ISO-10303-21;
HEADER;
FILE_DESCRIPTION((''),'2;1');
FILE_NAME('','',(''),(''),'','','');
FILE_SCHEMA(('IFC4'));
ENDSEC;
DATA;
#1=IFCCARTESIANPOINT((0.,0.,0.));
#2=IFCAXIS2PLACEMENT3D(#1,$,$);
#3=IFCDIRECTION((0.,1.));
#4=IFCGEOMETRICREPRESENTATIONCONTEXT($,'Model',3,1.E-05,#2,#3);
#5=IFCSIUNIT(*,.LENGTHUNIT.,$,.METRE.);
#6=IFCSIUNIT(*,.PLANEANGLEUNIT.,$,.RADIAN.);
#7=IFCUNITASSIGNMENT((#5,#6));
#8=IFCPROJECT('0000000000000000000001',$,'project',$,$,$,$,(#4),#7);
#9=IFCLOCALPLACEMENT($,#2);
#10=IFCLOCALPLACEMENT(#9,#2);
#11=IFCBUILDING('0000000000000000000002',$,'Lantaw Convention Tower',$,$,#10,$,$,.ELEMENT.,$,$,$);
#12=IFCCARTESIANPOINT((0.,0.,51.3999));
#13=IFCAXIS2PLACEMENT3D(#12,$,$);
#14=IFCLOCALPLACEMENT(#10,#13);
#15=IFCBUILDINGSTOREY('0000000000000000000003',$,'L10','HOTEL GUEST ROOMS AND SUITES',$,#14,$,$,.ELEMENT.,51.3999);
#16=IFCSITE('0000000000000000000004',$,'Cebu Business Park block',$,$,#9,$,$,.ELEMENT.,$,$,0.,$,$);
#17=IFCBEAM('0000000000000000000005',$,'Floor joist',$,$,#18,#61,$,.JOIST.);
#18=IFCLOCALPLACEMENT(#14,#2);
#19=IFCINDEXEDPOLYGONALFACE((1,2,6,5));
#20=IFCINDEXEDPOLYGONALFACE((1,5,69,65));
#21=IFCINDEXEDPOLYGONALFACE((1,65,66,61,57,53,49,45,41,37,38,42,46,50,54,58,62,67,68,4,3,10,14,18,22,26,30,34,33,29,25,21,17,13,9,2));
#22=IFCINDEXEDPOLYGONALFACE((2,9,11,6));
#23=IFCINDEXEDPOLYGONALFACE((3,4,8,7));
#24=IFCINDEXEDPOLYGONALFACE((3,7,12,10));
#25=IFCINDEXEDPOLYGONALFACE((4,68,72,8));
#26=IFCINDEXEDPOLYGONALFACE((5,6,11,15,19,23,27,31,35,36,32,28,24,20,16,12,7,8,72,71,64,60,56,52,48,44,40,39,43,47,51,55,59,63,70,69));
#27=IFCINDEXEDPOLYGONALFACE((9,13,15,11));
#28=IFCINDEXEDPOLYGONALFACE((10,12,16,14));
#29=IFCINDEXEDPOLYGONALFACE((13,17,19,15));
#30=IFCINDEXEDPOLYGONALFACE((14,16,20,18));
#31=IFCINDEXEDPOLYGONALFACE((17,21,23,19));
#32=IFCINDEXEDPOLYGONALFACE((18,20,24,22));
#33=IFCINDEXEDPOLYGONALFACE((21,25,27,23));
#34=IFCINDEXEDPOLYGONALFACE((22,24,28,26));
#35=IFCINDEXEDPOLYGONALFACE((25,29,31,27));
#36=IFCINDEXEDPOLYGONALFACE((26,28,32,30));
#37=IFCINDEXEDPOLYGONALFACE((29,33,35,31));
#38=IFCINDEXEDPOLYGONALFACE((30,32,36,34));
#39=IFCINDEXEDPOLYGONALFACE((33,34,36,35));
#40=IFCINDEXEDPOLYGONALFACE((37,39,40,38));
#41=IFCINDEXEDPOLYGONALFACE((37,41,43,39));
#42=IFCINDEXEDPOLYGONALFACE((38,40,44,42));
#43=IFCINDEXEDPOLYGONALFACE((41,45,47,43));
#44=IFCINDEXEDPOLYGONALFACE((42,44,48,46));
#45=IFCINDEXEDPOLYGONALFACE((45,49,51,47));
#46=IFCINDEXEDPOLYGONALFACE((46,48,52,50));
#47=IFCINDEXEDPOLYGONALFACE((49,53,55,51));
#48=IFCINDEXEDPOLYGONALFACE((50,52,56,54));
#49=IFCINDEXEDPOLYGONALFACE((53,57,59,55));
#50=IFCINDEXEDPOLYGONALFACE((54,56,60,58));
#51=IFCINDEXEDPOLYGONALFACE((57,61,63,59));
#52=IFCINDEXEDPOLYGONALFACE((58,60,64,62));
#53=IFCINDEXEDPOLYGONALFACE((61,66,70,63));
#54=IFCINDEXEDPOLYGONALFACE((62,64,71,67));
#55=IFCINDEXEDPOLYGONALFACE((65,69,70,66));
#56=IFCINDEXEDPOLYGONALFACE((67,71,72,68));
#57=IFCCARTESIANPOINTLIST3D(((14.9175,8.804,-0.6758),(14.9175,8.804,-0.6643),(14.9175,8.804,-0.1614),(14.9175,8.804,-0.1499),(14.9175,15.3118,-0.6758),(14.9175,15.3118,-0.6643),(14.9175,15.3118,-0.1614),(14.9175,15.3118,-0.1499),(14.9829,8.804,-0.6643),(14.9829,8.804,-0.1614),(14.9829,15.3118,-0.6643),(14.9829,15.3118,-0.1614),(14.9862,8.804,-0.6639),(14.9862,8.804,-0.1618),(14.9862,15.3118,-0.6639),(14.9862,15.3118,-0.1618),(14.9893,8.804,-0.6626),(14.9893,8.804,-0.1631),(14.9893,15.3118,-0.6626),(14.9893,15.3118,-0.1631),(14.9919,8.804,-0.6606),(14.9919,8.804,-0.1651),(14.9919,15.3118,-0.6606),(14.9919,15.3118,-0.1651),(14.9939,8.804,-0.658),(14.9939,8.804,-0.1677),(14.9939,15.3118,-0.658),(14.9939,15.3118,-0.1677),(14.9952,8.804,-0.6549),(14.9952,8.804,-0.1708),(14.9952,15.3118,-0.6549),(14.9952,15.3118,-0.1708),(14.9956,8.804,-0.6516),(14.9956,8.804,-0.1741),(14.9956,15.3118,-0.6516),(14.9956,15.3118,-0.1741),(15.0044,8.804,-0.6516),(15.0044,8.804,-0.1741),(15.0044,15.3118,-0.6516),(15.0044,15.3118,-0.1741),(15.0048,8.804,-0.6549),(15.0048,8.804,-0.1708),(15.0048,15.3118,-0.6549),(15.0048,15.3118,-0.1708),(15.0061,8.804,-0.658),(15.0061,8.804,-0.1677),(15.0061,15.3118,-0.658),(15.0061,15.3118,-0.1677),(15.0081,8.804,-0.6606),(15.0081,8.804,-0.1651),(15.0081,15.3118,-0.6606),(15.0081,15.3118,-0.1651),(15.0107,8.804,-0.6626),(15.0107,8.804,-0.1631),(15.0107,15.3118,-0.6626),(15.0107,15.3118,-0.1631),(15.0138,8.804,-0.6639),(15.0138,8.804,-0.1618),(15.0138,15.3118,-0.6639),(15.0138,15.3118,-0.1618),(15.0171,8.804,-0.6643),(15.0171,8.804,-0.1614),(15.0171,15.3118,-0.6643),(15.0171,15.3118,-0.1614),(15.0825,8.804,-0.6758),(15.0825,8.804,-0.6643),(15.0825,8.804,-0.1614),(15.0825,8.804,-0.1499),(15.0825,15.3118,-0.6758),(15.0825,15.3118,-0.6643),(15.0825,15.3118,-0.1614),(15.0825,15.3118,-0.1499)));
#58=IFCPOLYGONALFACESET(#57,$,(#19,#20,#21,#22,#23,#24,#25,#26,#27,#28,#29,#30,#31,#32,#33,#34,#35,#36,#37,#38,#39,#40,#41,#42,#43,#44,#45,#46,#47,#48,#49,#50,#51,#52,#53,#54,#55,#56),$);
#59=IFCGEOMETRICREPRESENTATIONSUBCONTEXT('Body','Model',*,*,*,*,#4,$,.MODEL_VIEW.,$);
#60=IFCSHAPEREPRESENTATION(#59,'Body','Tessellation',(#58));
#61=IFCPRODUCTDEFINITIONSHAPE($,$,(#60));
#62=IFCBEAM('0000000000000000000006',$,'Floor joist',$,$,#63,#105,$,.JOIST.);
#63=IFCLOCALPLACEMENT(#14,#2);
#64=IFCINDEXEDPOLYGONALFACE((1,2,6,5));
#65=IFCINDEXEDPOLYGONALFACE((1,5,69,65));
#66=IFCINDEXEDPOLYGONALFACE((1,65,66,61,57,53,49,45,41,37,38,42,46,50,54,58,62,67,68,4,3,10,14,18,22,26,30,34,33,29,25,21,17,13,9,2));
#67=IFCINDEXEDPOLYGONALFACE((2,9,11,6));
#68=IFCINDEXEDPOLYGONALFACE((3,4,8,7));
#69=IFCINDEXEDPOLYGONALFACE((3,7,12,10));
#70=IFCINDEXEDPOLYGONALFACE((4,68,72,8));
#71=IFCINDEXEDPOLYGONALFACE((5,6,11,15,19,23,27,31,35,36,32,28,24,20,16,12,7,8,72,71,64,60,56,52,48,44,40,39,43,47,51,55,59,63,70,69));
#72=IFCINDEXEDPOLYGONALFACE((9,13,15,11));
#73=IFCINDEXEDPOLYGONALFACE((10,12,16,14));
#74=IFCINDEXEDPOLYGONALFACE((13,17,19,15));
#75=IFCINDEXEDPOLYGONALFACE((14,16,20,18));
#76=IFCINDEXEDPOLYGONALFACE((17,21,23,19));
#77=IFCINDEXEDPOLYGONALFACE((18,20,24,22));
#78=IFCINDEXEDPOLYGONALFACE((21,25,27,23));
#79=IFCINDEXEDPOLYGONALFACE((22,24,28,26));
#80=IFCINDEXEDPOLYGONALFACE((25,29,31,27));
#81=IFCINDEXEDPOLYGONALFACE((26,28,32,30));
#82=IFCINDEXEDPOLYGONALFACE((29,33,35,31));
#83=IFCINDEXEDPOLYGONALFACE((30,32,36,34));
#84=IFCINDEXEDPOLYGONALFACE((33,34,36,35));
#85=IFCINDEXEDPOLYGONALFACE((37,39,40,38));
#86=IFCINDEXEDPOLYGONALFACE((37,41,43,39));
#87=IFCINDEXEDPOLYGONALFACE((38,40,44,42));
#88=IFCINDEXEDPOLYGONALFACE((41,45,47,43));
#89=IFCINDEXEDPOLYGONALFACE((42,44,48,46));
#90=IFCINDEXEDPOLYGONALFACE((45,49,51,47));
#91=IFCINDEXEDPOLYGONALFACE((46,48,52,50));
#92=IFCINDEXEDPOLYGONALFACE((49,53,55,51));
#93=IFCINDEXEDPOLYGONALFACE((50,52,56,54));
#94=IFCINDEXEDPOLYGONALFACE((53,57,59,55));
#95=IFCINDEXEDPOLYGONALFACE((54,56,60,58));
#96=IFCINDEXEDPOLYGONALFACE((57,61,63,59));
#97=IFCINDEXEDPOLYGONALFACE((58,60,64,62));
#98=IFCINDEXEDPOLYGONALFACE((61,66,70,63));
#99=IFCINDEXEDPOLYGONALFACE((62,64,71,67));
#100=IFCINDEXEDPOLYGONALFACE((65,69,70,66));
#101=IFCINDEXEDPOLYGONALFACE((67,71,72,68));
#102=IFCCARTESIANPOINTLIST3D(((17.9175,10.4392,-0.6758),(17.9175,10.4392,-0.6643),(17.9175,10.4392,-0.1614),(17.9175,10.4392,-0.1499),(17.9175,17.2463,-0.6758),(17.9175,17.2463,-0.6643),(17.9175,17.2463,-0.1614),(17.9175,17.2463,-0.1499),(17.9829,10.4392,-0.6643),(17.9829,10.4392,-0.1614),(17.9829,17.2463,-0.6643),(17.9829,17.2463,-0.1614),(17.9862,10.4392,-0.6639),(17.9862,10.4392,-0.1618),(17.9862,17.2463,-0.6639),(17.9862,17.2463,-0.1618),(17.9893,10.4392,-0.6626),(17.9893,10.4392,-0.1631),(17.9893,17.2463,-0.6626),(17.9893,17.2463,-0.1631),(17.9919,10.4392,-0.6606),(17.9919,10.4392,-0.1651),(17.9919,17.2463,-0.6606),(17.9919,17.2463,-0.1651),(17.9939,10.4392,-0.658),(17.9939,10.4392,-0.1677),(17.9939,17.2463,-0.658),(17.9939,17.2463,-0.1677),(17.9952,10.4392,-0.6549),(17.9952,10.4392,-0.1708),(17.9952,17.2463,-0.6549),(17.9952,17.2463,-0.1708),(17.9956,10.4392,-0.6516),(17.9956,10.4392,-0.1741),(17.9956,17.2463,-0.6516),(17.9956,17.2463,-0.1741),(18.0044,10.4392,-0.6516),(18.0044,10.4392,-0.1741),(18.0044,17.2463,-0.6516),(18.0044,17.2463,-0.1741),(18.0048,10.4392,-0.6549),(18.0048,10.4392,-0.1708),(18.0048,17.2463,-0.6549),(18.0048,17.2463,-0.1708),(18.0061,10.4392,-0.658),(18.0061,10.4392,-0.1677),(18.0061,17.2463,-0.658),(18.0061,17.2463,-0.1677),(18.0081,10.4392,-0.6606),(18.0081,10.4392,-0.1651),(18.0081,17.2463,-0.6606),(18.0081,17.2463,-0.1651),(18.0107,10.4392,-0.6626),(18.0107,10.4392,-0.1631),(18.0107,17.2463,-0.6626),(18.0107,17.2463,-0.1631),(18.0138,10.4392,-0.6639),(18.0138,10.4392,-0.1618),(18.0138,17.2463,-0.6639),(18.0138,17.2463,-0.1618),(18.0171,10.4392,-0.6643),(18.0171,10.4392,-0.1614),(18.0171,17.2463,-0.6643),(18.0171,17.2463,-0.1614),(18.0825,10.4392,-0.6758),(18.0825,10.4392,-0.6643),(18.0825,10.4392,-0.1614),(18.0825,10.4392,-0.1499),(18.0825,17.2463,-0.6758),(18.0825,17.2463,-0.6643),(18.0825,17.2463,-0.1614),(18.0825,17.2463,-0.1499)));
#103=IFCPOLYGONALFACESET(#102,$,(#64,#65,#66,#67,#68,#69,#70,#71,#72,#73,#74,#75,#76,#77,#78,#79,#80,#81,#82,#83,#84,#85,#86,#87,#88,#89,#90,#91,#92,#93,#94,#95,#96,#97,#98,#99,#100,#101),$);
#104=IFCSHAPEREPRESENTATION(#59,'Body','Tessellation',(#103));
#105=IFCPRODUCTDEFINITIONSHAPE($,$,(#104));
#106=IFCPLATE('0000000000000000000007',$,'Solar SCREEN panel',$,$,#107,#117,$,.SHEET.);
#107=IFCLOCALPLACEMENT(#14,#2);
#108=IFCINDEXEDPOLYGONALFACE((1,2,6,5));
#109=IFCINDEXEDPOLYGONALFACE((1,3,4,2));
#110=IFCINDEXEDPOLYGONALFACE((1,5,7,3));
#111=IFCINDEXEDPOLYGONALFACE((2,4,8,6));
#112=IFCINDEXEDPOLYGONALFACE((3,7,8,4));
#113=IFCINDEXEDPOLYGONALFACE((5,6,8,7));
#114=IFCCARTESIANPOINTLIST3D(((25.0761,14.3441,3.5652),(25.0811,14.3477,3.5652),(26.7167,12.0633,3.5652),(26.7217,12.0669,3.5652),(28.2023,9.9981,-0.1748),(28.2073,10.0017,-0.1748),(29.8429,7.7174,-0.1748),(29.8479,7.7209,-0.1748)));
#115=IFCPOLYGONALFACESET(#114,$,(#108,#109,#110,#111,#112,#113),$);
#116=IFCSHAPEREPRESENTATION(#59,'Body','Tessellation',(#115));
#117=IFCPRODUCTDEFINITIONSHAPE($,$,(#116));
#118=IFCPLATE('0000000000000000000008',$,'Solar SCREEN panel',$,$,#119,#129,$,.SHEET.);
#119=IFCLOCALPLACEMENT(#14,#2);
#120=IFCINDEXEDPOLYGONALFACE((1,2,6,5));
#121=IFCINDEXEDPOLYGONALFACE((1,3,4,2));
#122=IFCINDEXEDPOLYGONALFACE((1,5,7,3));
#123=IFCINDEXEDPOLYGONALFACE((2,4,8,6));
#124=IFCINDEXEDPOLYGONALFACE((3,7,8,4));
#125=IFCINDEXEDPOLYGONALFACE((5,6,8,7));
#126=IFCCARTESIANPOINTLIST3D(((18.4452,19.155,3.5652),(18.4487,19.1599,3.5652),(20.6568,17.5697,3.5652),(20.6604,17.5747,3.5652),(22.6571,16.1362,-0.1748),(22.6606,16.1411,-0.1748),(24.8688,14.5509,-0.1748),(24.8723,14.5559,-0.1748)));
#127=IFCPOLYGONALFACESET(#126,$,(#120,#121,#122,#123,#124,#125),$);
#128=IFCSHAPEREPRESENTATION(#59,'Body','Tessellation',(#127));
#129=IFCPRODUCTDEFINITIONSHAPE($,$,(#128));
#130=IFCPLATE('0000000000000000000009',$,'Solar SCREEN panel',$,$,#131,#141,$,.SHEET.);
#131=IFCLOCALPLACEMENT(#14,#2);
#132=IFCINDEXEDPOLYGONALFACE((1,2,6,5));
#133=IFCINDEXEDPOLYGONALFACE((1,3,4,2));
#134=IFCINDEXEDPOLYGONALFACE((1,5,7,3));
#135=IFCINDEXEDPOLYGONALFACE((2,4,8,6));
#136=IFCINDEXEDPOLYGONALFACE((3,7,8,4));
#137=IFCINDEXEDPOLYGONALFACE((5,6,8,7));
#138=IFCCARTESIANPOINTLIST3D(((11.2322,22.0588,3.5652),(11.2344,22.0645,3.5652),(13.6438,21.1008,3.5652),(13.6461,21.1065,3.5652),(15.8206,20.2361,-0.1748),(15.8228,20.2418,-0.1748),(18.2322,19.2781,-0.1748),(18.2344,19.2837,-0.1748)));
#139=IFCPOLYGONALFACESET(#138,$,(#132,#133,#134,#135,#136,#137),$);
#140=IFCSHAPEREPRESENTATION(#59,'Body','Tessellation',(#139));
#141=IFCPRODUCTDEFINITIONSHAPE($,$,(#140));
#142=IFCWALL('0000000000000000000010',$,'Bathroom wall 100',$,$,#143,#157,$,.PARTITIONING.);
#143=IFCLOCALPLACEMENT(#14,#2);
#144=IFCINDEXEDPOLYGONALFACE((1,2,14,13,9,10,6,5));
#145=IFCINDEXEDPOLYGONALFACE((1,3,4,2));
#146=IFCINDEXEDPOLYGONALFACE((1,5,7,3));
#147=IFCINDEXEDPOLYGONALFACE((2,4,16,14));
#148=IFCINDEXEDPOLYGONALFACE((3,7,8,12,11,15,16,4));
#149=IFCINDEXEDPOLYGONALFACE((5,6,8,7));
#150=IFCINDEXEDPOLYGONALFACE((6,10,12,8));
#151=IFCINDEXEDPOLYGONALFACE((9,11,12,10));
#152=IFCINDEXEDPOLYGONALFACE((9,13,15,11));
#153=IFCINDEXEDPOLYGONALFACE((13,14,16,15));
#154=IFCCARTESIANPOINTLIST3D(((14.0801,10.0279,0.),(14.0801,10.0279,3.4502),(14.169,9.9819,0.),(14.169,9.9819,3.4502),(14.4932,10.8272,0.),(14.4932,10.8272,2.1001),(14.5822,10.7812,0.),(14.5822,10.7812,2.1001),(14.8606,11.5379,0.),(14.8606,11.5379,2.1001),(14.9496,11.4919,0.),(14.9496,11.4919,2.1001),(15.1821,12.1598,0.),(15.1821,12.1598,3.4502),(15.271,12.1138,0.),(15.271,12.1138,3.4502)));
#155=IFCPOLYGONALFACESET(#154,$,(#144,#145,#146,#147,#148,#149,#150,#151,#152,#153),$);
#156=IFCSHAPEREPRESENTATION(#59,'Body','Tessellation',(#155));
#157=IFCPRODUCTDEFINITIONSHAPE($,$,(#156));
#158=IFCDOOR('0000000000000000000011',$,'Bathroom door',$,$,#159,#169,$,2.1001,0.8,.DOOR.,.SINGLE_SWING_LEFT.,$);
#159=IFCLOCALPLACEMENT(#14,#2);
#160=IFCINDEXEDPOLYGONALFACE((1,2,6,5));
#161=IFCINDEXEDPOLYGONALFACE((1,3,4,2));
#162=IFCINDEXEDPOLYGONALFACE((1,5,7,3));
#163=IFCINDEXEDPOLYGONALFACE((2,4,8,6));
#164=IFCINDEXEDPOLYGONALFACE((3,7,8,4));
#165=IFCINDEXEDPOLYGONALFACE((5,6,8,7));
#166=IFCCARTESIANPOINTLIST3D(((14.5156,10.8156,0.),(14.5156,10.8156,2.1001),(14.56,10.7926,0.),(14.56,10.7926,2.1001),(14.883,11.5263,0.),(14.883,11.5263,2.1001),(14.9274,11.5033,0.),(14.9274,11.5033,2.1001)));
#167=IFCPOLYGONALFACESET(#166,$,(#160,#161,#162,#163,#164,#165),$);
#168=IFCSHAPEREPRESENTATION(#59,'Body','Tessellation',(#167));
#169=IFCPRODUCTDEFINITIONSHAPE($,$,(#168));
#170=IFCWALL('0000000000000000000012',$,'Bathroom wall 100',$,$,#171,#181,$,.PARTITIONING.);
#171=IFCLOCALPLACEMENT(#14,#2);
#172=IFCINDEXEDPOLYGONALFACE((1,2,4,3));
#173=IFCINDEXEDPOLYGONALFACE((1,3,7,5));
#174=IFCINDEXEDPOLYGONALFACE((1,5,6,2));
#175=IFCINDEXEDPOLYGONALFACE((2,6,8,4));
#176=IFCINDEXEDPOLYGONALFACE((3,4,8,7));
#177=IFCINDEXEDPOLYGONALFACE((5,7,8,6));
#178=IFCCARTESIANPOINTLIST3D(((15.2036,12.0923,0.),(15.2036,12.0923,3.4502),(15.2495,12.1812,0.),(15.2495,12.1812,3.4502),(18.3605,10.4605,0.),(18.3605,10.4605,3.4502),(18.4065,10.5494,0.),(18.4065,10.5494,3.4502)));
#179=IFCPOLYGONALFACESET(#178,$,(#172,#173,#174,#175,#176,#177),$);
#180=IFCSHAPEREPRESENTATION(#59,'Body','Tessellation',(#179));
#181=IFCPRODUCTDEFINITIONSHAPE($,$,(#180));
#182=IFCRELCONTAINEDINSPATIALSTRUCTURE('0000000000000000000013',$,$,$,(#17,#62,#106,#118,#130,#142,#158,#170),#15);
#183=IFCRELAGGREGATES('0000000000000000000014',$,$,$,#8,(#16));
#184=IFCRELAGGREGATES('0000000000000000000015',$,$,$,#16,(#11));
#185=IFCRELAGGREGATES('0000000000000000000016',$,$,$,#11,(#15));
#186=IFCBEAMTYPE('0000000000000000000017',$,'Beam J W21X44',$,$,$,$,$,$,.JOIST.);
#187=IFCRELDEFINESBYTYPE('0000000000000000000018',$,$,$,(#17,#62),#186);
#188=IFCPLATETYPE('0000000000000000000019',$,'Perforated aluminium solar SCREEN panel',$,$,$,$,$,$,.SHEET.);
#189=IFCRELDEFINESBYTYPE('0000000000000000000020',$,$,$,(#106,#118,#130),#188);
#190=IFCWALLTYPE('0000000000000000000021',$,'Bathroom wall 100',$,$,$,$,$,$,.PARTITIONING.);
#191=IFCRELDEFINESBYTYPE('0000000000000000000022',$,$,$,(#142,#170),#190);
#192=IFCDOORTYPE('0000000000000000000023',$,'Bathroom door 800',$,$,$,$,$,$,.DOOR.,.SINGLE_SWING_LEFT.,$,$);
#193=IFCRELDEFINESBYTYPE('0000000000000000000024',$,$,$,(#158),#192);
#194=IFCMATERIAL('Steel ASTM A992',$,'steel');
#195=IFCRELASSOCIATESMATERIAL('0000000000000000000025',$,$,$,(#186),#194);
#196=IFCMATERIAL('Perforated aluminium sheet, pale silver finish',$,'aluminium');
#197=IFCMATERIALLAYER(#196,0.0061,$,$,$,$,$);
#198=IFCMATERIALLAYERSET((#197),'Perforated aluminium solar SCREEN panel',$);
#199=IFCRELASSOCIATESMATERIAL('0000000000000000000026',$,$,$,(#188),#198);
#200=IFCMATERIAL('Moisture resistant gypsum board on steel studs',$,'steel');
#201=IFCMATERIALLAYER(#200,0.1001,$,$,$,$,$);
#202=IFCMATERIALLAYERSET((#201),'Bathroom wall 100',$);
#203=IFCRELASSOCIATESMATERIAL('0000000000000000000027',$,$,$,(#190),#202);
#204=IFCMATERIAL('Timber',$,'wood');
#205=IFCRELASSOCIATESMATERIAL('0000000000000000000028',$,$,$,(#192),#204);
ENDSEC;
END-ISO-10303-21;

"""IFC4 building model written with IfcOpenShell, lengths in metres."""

from ifc_helpers import new_model, si_unit, direction, frame, frame_2d, origin, origin_2d, place, context, subcontext, project, spatial, polyline, rectangle, i_section, outline, extrude, material, layer, layer_set, material_profile, profile_set, type_object, element, fill, save


model = new_model("IFC4")

# Units and contexts
model_context = context("Model", 3, precision=1e-05, world=origin(), true_north=direction((0.0, 1.0)))
body_context = subcontext(model_context, "Body", "Model", "MODEL_VIEW")
ifc_project = project(units=[si_unit("LENGTHUNIT", "METRE"), si_unit("PLANEANGLEUNIT", "RADIAN")], contexts=[model_context])

# Site, building, storey
site_placement = place(None, origin())
site = spatial("IfcSite", under=ifc_project, at=site_placement, Name="Cebu Business Park block", CompositionType="ELEMENT", RefElevation=0.0)
building_placement = place(site_placement, origin())
building = spatial("IfcBuilding", under=site, at=building_placement, Name="Lantaw Convention Tower", CompositionType="ELEMENT")
storey_placement = place(building_placement, frame((0.0, 0.0, 51.3999)))
storey = spatial("IfcBuildingStorey", under=building, at=storey_placement, Name="L10", Description="HOTEL GUEST ROOMS AND SUITES", CompositionType="ELEMENT", Elevation=51.3999)

# Beams
ifc_material_1 = material(Name="Steel ASTM A992", Category="steel")
ifc_material_profile_1 = material_profile(ifc_material_1, i_section(OverallWidth=0.165, OverallDepth=0.5259, WebThickness=0.0088, FlangeThickness=0.0115, FilletRadius=0.0127, at=origin_2d()), Name="W21X44")
ifc_profile_set_1 = profile_set([ifc_material_profile_1], Name="Steel ASTM A992")
beam_type_1 = type_object("IfcBeamType", Name="Beam J W21X44", PredefinedType="JOIST", material=ifc_profile_set_1)
beam_1_placement = place(storey_placement, frame((15.0, 8.804, -0.4128), z_axis=(0.0, 1.0, 0.0), x_axis=(-1.0, 0.0, 0.0)))
element("IfcBeam", 1, at=beam_1_placement, inside=storey, type_object=beam_type_1, Name="Floor joist", PredefinedType="JOIST", context=body_context, shape_type="SweptSolid", body=[
    extrude(i_section(OverallWidth=0.165, OverallDepth=0.5259, WebThickness=0.0088, FlangeThickness=0.0115, FilletRadius=0.0127, at=origin_2d()), origin(), (0.0, 0.0, 1.0), 6.5078),
])
beam_2_placement = place(storey_placement, frame((18.0, 10.4392, -0.4128), z_axis=(0.0, 1.0, 0.0), x_axis=(-1.0, 0.0, 0.0)))
element("IfcBeam", 2, at=beam_2_placement, inside=storey, type_object=beam_type_1, Name="Floor joist", PredefinedType="JOIST", context=body_context, shape_type="SweptSolid", body=[
    extrude(i_section(OverallWidth=0.165, OverallDepth=0.5259, WebThickness=0.0088, FlangeThickness=0.0115, FilletRadius=0.0127, at=origin_2d()), origin(), (0.0, 0.0, 1.0), 6.8071),
])

# Plates
ifc_material_2 = material(Name="Perforated aluminium sheet, pale silver finish", Category="aluminium")
ifc_layer_1 = layer(ifc_material_2, 0.0061)
ifc_layer_set_1 = layer_set([ifc_layer_1], Name="Perforated aluminium solar SCREEN panel")
plate_type = type_object("IfcPlateType", Name="Perforated aluminium solar SCREEN panel", PredefinedType="SHEET", material=ifc_layer_set_1)
plate_1_placement = place(storey_placement, frame((29.8479, 7.7209, -0.1748), z_axis=(0.811791, 0.583948, 0.000009), x_axis=(-0.583948, 0.811791, 0.0)))
element("IfcPlate", 3, at=plate_1_placement, inside=storey, type_object=plate_type, Name="Solar SCREEN panel", PredefinedType="SHEET", context=body_context, shape_type="SweptSolid", body=[
    extrude(outline(polyline([(0.0, 0.0), (2.8095, 0.0), (8.1631, 3.74), (5.3536, 3.74), (0.0, 0.0)])), origin(), (0.0, 0.0, -1.0), 0.0061),
])
plate_2_placement = place(storey_placement, frame((24.8723, 14.5559, -0.1748), z_axis=(0.582561, 0.812787, 0.000016), x_axis=(-0.812787, 0.582561, 0.0)))
element("IfcPlate", 4, at=plate_2_placement, inside=storey, type_object=plate_type, Name="Solar SCREEN panel", PredefinedType="SHEET", context=body_context, shape_type="SweptSolid", body=[
    extrude(outline(polyline([(0.0, 0.0), (2.7211, 0.0), (7.9031, 3.74), (5.182, 3.74), (0.0, 0.0)])), origin(), (0.0, 0.0, -1.0), 0.0061),
])
plate_3_placement = place(storey_placement, frame((18.2322, 19.2781, -0.1748), z_axis=(-0.369184, -0.929357, 0.000009), x_axis=(-0.929357, 0.369184, 0.0)))
element("IfcPlate", 5, at=plate_3_placement, inside=storey, type_object=plate_type, Name="Solar SCREEN panel", PredefinedType="SHEET", context=body_context, shape_type="SweptSolid", body=[
    extrude(outline(polyline([(0.0, 0.0), (2.5949, 0.0), (7.5321, -3.74), (4.9372, -3.74), (0.0, 0.0)])), origin(), (0.0, 0.0, -1.0), 0.0061),
])

# Wall, opening, door
ifc_material_3 = material(Name="Moisture resistant gypsum board on steel studs", Category="steel")
ifc_layer_2 = layer(ifc_material_3, 0.1001)
ifc_layer_set_2 = layer_set([ifc_layer_2], Name="Bathroom wall 100")
wall_type_1 = type_object("IfcWallType", Name="Bathroom wall 100", PredefinedType="PARTITIONING", material=ifc_layer_set_2)
wall_1_placement = place(storey_placement, frame((14.1245, 10.0049, 0.0), z_axis=(0.0, 0.0, 1.0), x_axis=(0.459218, 0.888324, 0.0)))
wall_1 = element("IfcWall", 6, at=wall_1_placement, inside=storey, type_object=wall_type_1, Name="Bathroom wall 100", PredefinedType="PARTITIONING", context=body_context, shape_type="SweptSolid", body=[
    extrude(rectangle(XDim=2.3999, YDim=0.1001, at=frame_2d((1.2, 0.0))), origin(), (0.0, 0.0, 1.0), 3.4502),
])
opening_1_placement = place(wall_1_placement, frame((0.8999, 0.0, 0.0)))
opening_1 = element("IfcOpeningElement", 7, at=opening_1_placement, cuts=wall_1, PredefinedType="OPENING", context=body_context, shape_type="SweptSolid", body=[
    extrude(rectangle(XDim=0.8, YDim=2.1001, at=frame_2d((0.3999, 1.05))), frame((0.0, 0.0601, 0.0), z_axis=(0.0, -1.0, 0.0), x_axis=(1.0, 0.0, 0.0)), (0.0, 0.0, 1.0), 0.1201),
])
ifc_material_4 = material(Name="Timber", Category="wood")
door_type_1 = type_object("IfcDoorType", Name="Bathroom door 800", OperationType="SINGLE_SWING_LEFT", PredefinedType="DOOR", material=ifc_material_4)
door_1_placement = place(opening_1_placement, origin())
door_1 = element("IfcDoor", 8, at=door_1_placement, inside=storey, type_object=door_type_1, Name="Bathroom door", OperationType="SINGLE_SWING_LEFT", OverallHeight=2.1001, OverallWidth=0.8, PredefinedType="DOOR", context=body_context, shape_type="SweptSolid", body=[
    extrude(rectangle(XDim=0.8, YDim=2.1001, at=frame_2d((0.3999, 1.05))), frame((0.0, 0.0249, 0.0), z_axis=(0.0, -1.0, 0.0), x_axis=(1.0, 0.0, 0.0)), (0.0, 0.0, 1.0), 0.05),
])
fill(opening_1, door_1)

# Wall
wall_2_placement = place(storey_placement, frame((15.2266, 12.1367, 0.0), z_axis=(0.0, 0.0, 1.0), x_axis=(0.888342, -0.459182, 0.0)))
element("IfcWall", 9, at=wall_2_placement, inside=storey, type_object=wall_type_1, Name="Bathroom wall 100", PredefinedType="PARTITIONING", context=body_context, shape_type="SweptSolid", body=[
    extrude(rectangle(XDim=3.5537, YDim=0.1001, at=frame_2d((1.7769, 0.0))), origin(), (0.0, 0.0, 1.0), 3.4502),
])

save(model, "model.ifc")
